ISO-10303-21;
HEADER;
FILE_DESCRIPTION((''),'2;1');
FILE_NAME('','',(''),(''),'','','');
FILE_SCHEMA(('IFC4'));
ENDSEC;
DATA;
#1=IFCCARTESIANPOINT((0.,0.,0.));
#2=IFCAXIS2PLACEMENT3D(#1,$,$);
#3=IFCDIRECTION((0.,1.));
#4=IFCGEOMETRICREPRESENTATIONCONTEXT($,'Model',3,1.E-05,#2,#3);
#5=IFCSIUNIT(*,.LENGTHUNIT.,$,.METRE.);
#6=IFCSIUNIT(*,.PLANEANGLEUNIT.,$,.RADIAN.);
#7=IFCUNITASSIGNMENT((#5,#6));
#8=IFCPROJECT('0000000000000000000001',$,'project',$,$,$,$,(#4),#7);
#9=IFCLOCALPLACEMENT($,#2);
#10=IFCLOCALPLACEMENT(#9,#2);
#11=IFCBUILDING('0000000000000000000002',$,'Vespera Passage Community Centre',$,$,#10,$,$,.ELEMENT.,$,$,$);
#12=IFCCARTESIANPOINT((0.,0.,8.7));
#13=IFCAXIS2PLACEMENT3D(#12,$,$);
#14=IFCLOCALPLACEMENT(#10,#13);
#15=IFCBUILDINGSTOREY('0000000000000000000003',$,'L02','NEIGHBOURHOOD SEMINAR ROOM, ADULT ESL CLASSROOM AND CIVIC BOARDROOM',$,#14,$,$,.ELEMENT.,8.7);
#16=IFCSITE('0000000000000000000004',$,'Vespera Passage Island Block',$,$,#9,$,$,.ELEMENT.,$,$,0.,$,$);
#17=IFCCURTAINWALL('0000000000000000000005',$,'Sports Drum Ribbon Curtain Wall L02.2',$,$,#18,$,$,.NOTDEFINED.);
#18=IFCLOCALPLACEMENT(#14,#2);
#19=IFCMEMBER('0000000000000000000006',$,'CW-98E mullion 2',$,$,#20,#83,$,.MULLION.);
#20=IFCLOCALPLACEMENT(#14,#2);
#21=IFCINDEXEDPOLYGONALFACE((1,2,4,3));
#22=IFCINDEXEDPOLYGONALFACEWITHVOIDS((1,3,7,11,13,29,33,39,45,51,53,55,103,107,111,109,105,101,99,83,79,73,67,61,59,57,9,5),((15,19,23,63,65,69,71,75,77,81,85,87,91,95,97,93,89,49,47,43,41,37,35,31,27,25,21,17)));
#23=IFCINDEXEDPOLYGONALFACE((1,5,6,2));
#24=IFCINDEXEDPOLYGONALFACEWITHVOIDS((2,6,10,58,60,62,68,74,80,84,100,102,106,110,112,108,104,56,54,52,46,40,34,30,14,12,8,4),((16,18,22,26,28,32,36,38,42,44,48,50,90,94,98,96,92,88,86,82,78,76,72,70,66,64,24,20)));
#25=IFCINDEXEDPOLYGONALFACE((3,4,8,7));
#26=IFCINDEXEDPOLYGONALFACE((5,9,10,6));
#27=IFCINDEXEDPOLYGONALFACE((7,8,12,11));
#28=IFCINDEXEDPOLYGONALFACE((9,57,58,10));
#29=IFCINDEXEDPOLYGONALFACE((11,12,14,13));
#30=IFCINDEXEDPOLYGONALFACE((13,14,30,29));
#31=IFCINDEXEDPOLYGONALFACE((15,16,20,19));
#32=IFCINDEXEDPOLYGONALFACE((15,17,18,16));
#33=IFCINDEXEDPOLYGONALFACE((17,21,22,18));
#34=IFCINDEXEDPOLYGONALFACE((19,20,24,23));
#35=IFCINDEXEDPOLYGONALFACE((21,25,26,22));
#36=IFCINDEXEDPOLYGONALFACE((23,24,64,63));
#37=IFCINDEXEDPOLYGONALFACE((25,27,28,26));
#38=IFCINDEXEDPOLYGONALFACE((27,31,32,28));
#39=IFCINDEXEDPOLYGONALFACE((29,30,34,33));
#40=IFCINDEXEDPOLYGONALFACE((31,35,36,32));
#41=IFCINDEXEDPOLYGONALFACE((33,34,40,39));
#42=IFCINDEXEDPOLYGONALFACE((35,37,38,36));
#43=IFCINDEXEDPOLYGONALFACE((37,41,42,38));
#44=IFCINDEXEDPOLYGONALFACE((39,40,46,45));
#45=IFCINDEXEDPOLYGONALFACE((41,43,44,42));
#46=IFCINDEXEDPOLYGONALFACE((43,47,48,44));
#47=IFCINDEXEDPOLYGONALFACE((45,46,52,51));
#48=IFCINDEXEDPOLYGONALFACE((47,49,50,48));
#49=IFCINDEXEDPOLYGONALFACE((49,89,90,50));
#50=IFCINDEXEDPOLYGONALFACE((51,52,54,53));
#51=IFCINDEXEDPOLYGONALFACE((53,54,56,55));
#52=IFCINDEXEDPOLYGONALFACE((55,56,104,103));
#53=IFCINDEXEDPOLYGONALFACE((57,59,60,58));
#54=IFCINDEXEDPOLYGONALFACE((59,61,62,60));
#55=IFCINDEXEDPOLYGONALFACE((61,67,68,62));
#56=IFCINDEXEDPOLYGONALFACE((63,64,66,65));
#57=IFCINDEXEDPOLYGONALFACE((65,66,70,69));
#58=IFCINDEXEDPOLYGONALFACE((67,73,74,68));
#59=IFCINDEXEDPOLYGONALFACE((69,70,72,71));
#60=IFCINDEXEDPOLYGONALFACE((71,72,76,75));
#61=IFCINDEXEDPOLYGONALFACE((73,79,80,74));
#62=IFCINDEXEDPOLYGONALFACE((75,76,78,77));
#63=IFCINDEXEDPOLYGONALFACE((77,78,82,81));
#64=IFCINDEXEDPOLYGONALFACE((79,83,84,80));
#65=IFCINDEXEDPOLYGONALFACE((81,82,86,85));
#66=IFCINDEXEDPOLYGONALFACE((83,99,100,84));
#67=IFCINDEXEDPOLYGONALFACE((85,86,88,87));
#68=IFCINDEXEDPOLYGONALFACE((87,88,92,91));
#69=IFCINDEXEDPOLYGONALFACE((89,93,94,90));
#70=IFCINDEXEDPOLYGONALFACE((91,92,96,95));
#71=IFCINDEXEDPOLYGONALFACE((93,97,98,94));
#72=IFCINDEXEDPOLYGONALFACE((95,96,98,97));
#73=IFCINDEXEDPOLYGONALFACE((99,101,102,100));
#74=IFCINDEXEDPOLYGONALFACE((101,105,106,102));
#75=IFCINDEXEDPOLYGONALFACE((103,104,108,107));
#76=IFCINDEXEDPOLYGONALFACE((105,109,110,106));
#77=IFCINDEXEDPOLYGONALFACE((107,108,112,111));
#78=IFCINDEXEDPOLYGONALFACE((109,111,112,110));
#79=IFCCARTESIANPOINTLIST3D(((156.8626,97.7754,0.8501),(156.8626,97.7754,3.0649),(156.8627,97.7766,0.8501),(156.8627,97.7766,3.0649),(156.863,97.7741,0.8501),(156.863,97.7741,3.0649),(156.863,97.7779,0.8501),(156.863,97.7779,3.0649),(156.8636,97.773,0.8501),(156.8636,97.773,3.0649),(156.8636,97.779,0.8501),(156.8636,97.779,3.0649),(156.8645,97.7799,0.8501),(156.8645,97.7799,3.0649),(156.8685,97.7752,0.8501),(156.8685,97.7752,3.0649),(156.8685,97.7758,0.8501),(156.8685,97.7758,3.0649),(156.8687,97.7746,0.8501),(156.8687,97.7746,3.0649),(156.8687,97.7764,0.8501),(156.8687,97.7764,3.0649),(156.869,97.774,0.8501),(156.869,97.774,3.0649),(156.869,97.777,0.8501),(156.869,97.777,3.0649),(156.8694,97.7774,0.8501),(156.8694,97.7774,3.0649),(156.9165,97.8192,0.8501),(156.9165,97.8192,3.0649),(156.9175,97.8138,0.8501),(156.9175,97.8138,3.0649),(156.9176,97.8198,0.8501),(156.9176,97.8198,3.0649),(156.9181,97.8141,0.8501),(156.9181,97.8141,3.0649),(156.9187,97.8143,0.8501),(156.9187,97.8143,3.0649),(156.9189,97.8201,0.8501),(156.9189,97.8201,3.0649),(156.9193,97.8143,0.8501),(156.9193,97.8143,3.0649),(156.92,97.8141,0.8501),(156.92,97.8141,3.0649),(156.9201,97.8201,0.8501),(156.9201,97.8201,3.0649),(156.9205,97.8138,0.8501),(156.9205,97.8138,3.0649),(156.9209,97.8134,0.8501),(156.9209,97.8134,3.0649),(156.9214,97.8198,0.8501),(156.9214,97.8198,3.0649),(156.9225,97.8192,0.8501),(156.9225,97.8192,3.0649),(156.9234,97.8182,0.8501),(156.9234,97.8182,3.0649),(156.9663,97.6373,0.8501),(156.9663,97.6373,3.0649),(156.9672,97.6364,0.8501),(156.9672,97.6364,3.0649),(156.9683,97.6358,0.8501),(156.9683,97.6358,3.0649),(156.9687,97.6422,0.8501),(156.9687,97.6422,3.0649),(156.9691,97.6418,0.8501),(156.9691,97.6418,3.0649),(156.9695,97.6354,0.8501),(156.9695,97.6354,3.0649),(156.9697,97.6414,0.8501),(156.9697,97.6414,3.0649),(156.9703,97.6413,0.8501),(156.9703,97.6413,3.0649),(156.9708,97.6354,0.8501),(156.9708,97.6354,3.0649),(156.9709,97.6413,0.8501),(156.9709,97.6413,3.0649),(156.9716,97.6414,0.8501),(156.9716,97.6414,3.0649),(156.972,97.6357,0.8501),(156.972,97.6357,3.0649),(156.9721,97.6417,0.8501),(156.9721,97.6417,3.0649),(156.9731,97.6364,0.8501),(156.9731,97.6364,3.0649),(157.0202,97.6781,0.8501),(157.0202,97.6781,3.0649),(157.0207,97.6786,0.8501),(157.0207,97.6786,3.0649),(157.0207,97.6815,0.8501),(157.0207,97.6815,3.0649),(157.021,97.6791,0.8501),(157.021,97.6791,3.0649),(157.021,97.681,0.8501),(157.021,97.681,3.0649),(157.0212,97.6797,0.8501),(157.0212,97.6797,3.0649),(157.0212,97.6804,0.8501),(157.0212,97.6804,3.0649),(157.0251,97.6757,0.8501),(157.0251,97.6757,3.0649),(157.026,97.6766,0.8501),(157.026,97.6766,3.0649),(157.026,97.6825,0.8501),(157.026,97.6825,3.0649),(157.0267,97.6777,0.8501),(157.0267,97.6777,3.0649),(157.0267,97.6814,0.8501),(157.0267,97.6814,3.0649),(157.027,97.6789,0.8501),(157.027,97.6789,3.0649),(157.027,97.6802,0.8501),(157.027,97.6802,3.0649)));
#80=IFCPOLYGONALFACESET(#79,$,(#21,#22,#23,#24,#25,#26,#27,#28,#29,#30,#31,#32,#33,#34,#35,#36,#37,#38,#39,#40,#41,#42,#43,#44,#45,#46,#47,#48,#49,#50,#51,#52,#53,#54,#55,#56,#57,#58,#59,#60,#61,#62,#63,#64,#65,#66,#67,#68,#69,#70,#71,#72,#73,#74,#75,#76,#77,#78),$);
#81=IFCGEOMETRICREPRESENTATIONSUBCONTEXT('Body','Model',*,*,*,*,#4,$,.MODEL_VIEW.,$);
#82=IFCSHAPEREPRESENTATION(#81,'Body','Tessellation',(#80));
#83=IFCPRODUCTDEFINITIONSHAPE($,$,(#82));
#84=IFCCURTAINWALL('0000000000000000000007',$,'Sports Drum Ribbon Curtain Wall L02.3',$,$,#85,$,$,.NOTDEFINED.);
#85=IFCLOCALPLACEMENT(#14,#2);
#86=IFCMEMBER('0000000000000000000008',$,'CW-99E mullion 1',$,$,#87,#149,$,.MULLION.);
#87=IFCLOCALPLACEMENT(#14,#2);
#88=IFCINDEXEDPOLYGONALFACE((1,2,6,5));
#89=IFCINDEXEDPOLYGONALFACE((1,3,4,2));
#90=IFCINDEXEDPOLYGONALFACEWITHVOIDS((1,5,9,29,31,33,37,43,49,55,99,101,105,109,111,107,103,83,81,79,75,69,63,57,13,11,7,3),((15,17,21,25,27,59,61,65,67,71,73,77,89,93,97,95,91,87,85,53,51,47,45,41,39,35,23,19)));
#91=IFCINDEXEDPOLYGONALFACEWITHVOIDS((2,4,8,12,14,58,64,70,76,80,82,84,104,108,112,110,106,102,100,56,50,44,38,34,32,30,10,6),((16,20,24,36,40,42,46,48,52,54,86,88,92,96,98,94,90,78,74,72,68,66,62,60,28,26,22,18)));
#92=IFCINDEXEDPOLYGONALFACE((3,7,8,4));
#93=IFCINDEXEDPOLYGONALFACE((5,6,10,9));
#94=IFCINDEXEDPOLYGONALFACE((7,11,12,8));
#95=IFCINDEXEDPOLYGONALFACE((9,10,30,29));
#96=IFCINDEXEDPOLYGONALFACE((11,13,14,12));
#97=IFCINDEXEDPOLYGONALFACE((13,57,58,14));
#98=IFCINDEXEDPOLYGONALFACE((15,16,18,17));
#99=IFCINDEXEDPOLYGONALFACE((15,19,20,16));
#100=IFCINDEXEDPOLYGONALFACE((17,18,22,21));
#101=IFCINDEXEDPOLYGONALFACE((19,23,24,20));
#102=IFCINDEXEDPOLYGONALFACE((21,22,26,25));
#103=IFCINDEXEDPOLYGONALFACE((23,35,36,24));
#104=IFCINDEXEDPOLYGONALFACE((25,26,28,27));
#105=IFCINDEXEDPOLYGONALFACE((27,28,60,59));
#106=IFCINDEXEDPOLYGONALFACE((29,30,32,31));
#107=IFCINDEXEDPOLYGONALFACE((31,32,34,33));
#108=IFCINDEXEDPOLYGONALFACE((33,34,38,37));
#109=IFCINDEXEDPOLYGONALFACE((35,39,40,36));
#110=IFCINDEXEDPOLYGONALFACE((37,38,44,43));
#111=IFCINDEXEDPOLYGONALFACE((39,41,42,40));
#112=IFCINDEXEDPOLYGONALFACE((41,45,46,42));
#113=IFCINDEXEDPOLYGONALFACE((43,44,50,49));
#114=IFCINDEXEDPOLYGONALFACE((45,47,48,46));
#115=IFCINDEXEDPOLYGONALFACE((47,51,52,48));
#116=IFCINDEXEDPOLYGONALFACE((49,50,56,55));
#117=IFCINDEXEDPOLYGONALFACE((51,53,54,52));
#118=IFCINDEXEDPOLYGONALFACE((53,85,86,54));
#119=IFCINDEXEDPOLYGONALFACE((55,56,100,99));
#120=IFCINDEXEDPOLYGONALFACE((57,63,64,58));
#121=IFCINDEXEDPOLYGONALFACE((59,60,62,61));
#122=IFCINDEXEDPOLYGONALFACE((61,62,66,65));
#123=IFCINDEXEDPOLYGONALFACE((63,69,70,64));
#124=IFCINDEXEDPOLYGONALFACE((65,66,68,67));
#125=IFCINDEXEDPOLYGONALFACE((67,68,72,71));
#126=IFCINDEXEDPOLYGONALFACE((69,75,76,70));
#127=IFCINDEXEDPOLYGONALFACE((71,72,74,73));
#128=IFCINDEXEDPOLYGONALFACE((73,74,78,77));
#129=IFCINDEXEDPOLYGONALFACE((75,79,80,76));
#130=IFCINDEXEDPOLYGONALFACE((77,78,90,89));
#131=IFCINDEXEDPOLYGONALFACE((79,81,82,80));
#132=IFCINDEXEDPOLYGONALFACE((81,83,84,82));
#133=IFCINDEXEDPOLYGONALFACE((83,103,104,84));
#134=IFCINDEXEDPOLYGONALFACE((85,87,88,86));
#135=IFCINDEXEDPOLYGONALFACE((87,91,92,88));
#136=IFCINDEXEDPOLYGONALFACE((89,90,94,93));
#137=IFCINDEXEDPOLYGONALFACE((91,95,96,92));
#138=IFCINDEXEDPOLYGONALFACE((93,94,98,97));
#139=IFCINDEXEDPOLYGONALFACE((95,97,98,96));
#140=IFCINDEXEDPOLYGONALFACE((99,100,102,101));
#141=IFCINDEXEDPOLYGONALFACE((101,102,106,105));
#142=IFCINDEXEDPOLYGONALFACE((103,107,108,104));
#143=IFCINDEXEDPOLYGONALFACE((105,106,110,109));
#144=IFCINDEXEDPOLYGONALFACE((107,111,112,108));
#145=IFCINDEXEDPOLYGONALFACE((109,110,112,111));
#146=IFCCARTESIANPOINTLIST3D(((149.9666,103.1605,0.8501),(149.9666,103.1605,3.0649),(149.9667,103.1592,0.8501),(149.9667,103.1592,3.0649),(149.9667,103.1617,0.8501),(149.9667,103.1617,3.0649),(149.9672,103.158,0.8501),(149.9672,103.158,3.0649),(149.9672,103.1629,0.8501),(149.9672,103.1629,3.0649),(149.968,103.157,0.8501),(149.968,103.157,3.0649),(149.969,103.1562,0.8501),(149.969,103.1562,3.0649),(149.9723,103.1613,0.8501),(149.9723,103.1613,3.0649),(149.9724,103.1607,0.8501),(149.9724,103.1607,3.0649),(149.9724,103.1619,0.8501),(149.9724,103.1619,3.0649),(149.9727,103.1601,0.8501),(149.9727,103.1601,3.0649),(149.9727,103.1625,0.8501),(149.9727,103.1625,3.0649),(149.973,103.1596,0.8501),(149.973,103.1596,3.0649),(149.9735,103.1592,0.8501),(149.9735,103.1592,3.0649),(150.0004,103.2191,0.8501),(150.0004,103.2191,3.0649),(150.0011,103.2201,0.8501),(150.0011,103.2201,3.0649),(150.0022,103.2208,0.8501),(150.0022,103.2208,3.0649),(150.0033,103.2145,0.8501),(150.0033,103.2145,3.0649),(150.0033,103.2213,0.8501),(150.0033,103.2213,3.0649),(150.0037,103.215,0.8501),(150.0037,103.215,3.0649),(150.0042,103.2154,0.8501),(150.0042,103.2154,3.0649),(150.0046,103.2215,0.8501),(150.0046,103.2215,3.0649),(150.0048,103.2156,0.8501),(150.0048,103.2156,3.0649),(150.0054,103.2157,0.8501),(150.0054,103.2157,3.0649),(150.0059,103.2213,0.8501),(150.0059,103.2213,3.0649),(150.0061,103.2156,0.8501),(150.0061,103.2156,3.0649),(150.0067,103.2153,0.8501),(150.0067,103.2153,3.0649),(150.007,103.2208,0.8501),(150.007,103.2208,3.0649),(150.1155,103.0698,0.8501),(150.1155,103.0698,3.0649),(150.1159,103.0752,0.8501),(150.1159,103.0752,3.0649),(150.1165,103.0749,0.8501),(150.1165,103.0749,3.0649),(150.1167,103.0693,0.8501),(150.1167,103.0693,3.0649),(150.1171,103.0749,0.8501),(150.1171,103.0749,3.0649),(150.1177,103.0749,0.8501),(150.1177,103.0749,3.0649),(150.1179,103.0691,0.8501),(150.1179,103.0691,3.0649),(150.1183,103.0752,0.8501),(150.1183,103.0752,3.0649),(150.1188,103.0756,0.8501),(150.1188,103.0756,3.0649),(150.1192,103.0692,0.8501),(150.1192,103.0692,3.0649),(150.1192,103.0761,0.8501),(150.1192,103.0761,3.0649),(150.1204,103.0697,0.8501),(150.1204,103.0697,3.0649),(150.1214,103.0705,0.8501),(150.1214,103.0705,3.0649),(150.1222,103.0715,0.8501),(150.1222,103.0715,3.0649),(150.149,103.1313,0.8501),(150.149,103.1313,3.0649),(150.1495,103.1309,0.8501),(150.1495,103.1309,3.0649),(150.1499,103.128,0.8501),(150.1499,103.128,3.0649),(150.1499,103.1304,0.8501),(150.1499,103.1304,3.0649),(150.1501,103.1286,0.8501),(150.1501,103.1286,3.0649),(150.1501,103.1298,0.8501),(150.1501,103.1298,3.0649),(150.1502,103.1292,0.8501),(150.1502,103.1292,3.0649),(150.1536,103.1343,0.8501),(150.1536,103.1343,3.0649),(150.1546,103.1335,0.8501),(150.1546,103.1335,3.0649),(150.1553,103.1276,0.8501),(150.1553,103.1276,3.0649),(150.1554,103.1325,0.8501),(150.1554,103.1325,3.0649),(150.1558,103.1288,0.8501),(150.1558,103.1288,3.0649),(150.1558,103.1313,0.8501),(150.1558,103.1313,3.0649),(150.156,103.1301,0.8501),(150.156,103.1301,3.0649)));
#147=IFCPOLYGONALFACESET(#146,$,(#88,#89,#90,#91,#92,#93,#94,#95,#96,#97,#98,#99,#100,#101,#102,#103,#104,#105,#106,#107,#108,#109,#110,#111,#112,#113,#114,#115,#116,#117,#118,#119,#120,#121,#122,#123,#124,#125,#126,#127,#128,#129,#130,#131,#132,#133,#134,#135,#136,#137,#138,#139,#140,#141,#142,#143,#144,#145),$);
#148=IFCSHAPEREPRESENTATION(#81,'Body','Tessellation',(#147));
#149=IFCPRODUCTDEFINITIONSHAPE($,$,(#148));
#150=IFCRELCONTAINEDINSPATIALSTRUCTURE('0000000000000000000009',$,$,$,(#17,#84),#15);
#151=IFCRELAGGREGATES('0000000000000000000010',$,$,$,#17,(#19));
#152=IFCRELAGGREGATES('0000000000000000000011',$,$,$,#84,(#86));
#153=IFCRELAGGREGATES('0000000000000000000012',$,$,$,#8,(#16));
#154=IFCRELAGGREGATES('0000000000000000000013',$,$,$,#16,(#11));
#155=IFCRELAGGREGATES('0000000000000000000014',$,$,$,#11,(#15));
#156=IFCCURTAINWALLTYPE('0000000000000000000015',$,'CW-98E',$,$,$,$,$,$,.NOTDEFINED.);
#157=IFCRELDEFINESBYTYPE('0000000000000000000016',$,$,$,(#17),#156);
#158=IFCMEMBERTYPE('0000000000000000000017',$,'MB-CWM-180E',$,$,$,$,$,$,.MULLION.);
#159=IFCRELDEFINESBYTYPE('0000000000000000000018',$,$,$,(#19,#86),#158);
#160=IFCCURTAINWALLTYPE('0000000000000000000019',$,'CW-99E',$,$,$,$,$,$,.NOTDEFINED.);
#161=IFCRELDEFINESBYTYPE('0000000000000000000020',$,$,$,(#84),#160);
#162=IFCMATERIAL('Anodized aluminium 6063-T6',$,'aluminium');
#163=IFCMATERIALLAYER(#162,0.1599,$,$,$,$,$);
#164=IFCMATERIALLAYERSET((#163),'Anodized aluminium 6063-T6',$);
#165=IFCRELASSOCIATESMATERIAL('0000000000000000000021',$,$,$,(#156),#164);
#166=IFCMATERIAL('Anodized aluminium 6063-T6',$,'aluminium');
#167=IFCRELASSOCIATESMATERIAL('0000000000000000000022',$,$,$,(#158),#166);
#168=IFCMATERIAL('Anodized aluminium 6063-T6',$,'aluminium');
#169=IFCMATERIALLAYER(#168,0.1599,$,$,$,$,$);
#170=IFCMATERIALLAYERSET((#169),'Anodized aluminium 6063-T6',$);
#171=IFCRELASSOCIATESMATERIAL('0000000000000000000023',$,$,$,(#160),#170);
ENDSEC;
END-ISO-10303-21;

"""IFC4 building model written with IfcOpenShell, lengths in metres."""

from ifc_helpers import new_model, si_unit, direction, frame, origin, origin_2d, place, context, subcontext, project, spatial, hollow_rectangle, extrude, material, layer, layer_set, material_profile, profile_set, type_object, element, aggregate, save


model = new_model("IFC4")

# Units and contexts
model_context = context("Model", 3, precision=1e-05, world=origin(), true_north=direction((0.0, 1.0)))
body_context = subcontext(model_context, "Body", "Model", "MODEL_VIEW")
ifc_project = project(units=[si_unit("LENGTHUNIT", "METRE"), si_unit("PLANEANGLEUNIT", "RADIAN")], contexts=[model_context])

# Site, building, storey
site_placement = place(None, origin())
site = spatial("IfcSite", under=ifc_project, at=site_placement, Name="Vespera Passage Island Block", CompositionType="ELEMENT", RefElevation=0.0)
building_placement = place(site_placement, origin())
building = spatial("IfcBuilding", under=site, at=building_placement, Name="Vespera Passage Community Centre", CompositionType="ELEMENT")
storey_placement = place(building_placement, frame((0.0, 0.0, 8.7)))
storey = spatial("IfcBuildingStorey", under=building, at=storey_placement, Name="L02", Description="NEIGHBOURHOOD SEMINAR ROOM, ADULT ESL CLASSROOM AND CIVIC BOARDROOM", CompositionType="ELEMENT", Elevation=8.7)

# Curtain walls, members
ifc_material_1 = material(Name="Anodized aluminium 6063-T6", Category="aluminium")
ifc_layer_1 = layer(ifc_material_1, 0.1599)
ifc_layer_set_1 = layer_set([ifc_layer_1], Name="Anodized aluminium 6063-T6")
curtain_wall_type_1 = type_object("IfcCurtainWallType", Name="CW-98E", PredefinedType="NOTDEFINED", material=ifc_layer_set_1)
curtain_wall_1_placement = place(storey_placement, origin())
curtain_wall_1 = element("IfcCurtainWall", 1, at=curtain_wall_1_placement, inside=storey, type_object=curtain_wall_type_1, Name="Sports Drum Ribbon Curtain Wall L02.2", PredefinedType="NOTDEFINED")
ifc_material_2 = material(Name="Anodized aluminium 6063-T6", Category="aluminium")
ifc_material_profile_1 = material_profile(ifc_material_2, hollow_rectangle(XDim=0.075, YDim=0.1799, WallThickness=0.0049, InnerFilletRadius=0.0024, OuterFilletRadius=0.0049, at=origin_2d()), Name="ALU180X75X5")
ifc_profile_set_1 = profile_set([ifc_material_profile_1], Name="Anodized aluminium 6063-T6")
member_type_1 = type_object("IfcMemberType", Name="MB-CWM-180E", PredefinedType="MULLION", material=ifc_profile_set_1)
member_1_placement = place(storey_placement, frame((156.9448, 97.7278, 0.8501), z_axis=(0.0, 0.0, 1.0), x_axis=(0.797434, 0.603406, 0.0)))
member_1 = element("IfcMember", 2, at=member_1_placement, type_object=member_type_1, Name="CW-98E mullion 2", PredefinedType="MULLION", context=body_context, shape_type="SweptSolid", body=[
    extrude(hollow_rectangle(XDim=0.075, YDim=0.1799, WallThickness=0.0049, InnerFilletRadius=0.0024, OuterFilletRadius=0.0049, at=origin_2d()), origin(), (0.0, 0.0, 1.0), 2.2148),
])
ifc_material_3 = material(Name="Anodized aluminium 6063-T6", Category="aluminium")
ifc_layer_2 = layer(ifc_material_3, 0.1599)
ifc_layer_set_2 = layer_set([ifc_layer_2], Name="Anodized aluminium 6063-T6")
curtain_wall_type_2 = type_object("IfcCurtainWallType", Name="CW-99E", PredefinedType="NOTDEFINED", material=ifc_layer_set_2)
curtain_wall_2_placement = place(storey_placement, origin())
curtain_wall_2 = element("IfcCurtainWall", 3, at=curtain_wall_2_placement, inside=storey, type_object=curtain_wall_type_2, Name="Sports Drum Ribbon Curtain Wall L02.3", PredefinedType="NOTDEFINED")
member_2_placement = place(storey_placement, frame((150.0613, 103.1453, 0.8501), z_axis=(0.0, 0.0, 1.0), x_axis=(0.50817, 0.861257, 0.0)))
member_2 = element("IfcMember", 4, at=member_2_placement, type_object=member_type_1, Name="CW-99E mullion 1", PredefinedType="MULLION", context=body_context, shape_type="SweptSolid", body=[
    extrude(hollow_rectangle(XDim=0.075, YDim=0.1799, WallThickness=0.0049, InnerFilletRadius=0.0024, OuterFilletRadius=0.0049, at=origin_2d()), origin(), (0.0, 0.0, 1.0), 2.2148),
])

aggregate(curtain_wall_1, [member_1])
aggregate(curtain_wall_2, [member_2])

save(model, "model.ifc")
